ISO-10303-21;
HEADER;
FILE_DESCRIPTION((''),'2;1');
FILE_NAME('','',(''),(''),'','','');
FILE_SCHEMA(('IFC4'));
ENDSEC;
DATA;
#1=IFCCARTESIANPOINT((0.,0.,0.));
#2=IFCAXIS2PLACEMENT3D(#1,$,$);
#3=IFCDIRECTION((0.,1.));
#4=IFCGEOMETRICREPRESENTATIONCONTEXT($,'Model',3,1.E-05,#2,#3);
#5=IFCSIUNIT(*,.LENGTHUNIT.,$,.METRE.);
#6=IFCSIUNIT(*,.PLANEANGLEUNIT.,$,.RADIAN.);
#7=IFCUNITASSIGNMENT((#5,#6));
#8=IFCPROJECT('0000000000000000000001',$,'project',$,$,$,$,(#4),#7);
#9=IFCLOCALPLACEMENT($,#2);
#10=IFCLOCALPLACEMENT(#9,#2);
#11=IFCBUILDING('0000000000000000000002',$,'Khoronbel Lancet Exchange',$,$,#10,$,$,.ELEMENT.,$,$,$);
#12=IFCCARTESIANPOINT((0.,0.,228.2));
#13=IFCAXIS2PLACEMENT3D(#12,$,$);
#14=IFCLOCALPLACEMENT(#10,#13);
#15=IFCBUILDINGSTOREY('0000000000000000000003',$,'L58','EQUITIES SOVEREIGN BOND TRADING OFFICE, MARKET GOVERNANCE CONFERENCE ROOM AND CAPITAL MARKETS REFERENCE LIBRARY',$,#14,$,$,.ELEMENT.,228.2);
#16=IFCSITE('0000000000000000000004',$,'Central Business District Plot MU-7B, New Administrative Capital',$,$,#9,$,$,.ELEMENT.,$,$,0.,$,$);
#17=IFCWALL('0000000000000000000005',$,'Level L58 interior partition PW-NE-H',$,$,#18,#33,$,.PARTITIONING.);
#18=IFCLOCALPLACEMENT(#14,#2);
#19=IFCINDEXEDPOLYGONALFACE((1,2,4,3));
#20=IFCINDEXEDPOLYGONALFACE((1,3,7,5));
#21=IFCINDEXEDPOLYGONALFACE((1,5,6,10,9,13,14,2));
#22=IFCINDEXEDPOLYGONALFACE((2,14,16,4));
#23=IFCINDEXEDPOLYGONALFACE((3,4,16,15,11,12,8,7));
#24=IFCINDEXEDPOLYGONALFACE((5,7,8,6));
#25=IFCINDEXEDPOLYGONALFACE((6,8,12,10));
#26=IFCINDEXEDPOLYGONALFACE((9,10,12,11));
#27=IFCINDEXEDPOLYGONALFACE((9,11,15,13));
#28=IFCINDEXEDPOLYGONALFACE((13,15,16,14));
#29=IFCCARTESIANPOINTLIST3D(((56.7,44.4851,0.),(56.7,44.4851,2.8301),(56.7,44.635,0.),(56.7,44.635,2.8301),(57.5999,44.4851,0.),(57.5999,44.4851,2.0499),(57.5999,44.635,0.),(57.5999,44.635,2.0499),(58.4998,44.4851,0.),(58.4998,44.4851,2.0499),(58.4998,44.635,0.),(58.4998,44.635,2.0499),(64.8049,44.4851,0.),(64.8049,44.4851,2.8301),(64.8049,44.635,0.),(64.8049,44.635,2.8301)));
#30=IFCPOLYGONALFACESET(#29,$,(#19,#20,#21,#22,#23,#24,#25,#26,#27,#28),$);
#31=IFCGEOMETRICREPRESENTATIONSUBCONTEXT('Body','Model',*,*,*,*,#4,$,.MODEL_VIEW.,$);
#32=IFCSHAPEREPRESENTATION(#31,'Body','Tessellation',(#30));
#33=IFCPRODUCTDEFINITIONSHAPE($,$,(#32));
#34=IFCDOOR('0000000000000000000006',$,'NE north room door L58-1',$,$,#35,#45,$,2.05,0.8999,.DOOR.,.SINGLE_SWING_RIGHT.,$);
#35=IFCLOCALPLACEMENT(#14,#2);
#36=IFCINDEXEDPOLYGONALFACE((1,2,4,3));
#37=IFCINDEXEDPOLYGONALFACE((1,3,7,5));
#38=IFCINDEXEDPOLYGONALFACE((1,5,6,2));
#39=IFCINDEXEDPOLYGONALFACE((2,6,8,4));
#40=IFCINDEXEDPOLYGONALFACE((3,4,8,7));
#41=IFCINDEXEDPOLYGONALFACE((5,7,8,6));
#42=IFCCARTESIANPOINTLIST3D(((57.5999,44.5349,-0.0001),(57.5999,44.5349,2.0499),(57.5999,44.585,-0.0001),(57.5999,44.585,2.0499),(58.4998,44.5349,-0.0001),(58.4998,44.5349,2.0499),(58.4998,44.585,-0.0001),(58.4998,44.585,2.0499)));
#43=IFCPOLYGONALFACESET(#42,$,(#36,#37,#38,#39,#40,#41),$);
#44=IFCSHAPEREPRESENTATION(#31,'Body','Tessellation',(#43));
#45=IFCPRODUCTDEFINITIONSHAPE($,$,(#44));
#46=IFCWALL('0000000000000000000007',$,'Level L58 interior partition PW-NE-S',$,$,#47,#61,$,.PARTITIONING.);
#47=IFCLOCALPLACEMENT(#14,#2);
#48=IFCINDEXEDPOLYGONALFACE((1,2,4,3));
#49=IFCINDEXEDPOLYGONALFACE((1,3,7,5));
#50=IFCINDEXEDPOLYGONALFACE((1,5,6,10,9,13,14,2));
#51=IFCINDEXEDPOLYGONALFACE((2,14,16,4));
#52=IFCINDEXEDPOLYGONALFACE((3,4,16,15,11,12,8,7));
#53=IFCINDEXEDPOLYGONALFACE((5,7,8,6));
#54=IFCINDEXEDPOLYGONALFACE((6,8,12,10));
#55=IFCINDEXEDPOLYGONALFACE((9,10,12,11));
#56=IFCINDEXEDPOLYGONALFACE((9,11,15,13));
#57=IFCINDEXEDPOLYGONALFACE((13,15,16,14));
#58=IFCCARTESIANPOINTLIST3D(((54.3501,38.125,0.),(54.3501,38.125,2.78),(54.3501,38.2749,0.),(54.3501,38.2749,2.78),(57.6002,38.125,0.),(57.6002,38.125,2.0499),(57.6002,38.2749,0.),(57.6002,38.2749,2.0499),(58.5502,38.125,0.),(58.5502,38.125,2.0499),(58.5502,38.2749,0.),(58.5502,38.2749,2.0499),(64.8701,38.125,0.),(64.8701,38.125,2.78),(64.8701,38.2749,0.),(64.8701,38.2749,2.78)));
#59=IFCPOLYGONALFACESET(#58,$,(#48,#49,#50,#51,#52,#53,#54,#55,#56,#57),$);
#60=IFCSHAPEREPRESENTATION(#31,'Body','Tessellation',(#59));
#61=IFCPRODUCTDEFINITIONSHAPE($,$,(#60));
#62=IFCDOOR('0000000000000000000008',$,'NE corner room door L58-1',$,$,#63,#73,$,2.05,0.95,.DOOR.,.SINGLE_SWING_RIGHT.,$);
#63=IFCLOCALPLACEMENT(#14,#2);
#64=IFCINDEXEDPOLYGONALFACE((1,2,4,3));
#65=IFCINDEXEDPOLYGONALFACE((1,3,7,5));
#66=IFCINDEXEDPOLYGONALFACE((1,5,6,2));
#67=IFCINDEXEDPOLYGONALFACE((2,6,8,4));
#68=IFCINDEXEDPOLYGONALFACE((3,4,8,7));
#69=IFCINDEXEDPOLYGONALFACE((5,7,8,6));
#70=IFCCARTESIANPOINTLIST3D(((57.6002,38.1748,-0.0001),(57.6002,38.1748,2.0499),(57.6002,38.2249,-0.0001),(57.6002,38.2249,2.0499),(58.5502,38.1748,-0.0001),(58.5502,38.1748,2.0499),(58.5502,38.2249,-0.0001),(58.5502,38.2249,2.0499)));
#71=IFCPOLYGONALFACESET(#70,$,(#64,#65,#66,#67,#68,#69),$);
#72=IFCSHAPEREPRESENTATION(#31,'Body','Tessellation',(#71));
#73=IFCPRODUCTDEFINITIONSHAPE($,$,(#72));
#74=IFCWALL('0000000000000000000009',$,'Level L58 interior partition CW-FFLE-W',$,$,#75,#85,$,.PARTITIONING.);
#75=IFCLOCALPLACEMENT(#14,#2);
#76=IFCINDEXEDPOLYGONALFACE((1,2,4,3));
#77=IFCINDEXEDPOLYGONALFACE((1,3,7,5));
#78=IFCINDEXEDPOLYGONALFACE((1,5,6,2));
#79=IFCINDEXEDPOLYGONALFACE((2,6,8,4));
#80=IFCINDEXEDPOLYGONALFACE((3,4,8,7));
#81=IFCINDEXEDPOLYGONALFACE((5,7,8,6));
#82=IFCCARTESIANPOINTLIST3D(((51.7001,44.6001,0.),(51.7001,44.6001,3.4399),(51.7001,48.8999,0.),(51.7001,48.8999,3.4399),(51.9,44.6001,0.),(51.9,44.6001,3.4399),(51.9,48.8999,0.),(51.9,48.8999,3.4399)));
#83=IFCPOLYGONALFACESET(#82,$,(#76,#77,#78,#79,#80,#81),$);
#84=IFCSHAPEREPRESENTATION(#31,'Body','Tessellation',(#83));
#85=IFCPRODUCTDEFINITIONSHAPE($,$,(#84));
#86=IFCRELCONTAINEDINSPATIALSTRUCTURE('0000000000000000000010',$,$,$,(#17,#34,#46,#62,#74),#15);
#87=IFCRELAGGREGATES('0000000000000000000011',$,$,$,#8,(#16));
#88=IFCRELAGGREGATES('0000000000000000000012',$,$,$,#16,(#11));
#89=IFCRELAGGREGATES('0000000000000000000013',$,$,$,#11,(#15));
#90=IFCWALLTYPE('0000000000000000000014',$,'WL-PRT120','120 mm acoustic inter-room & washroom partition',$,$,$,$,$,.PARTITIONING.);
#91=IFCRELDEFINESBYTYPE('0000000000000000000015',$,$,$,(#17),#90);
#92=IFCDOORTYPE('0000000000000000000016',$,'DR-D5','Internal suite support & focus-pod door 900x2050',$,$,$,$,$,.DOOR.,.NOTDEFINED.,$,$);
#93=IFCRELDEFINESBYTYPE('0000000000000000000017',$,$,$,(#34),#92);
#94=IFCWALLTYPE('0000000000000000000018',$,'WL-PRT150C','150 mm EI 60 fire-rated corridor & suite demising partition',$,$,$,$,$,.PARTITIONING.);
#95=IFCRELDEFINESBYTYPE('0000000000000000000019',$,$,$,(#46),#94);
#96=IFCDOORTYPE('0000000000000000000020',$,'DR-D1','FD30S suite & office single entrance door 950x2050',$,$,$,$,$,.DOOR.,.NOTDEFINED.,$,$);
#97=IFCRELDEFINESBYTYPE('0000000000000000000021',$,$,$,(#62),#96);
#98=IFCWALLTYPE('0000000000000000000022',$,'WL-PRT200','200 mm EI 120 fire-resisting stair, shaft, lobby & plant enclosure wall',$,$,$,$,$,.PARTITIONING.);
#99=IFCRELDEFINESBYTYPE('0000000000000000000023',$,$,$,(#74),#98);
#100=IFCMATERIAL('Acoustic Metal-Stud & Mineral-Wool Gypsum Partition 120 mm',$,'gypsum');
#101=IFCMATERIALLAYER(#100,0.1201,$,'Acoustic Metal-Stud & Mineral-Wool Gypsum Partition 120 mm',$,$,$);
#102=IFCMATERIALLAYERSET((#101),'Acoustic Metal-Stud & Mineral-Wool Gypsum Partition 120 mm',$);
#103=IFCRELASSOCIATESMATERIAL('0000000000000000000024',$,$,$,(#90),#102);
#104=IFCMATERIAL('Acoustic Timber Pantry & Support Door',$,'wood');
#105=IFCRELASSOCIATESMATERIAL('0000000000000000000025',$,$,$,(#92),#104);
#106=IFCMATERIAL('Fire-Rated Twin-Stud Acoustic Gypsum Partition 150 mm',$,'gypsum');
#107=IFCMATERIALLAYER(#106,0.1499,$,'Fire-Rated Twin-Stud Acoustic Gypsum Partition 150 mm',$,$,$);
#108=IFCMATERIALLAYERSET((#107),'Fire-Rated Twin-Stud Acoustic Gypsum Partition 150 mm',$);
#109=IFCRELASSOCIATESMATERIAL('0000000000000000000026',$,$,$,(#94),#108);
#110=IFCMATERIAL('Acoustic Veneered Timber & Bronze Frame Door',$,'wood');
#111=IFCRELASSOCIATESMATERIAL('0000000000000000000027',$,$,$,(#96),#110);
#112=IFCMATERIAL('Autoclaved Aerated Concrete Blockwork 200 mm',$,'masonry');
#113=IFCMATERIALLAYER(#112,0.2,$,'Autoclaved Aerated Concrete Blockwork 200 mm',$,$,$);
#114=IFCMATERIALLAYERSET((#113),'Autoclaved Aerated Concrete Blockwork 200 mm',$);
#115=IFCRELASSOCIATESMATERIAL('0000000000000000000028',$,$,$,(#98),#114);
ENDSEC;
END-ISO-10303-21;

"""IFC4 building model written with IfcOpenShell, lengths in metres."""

from ifc_helpers import new_model, si_unit, direction, frame, frame_2d, origin, place, context, subcontext, project, spatial, rectangle, extrude, material, layer, layer_set, type_object, element, fill, save


model = new_model("IFC4")

# Units and contexts
model_context = context("Model", 3, precision=1e-05, world=origin(), true_north=direction((0.0, 1.0)))
body_context = subcontext(model_context, "Body", "Model", "MODEL_VIEW")
ifc_project = project(units=[si_unit("LENGTHUNIT", "METRE"), si_unit("PLANEANGLEUNIT", "RADIAN")], contexts=[model_context])

# Site, building, storey
site_placement = place(None, origin())
site = spatial("IfcSite", under=ifc_project, at=site_placement, Name="Central Business District Plot MU-7B, New Administrative Capital", CompositionType="ELEMENT", RefElevation=0.0)
building_placement = place(site_placement, origin())
building = spatial("IfcBuilding", under=site, at=building_placement, Name="Khoronbel Lancet Exchange", CompositionType="ELEMENT")
storey_placement = place(building_placement, frame((0.0, 0.0, 228.2)))
storey = spatial("IfcBuildingStorey", under=building, at=storey_placement, Name="L58", Description="EQUITIES SOVEREIGN BOND TRADING OFFICE, MARKET GOVERNANCE CONFERENCE ROOM AND CAPITAL MARKETS REFERENCE LIBRARY", CompositionType="ELEMENT", Elevation=228.2)

# Shared definitions
ifc_material_1 = material(Name="Acoustic Metal-Stud & Mineral-Wool Gypsum Partition 120 mm", Category="gypsum")
ifc_layer_1 = layer(ifc_material_1, 0.1201, Name="Acoustic Metal-Stud & Mineral-Wool Gypsum Partition 120 mm")
ifc_layer_set_1 = layer_set([ifc_layer_1], Name="Acoustic Metal-Stud & Mineral-Wool Gypsum Partition 120 mm")
wall_type_1 = type_object("IfcWallType", Name="WL-PRT120", Description="120 mm acoustic inter-room & washroom partition", PredefinedType="PARTITIONING", material=ifc_layer_set_1)

# Walls, openings, doors
wall_1_placement = place(storey_placement, frame((56.7, 44.5601, 0.0), z_axis=(0.0, 0.0, 1.0), x_axis=(1.0, 0.0, 0.0)))
wall_1 = element("IfcWall", 1, at=wall_1_placement, inside=storey, type_object=wall_type_1, Name="Level L58 interior partition PW-NE-H", PredefinedType="PARTITIONING", context=body_context, shape_type="SweptSolid", body=[
    extrude(rectangle(XDim=8.105, YDim=0.1499, at=frame_2d((4.0525, 0.0))), origin(), (0.0, 0.0, 1.0), 2.8301),
])
opening_1_placement = place(wall_1_placement, frame((0.8999, 0.0, 0.0)))
opening_1 = element("IfcOpeningElement", 2, at=opening_1_placement, cuts=wall_1, PredefinedType="OPENING", context=body_context, shape_type="SweptSolid", body=[
    extrude(rectangle(XDim=0.8999, YDim=2.05, at=frame_2d((0.45, 1.0249))), frame((0.0, 0.085, 0.0), z_axis=(0.0, -1.0, 0.0), x_axis=(1.0, 0.0, 0.0)), (0.0, 0.0, 1.0), 0.1699),
])
ifc_material_2 = material(Name="Acoustic Timber Pantry & Support Door", Category="wood")
door_type_1 = type_object("IfcDoorType", Name="DR-D5", Description="Internal suite support & focus-pod door 900x2050", OperationType="NOTDEFINED", PredefinedType="DOOR", material=ifc_material_2)
door_1_placement = place(opening_1_placement, origin())
door_1 = element("IfcDoor", 3, at=door_1_placement, inside=storey, type_object=door_type_1, Name="NE north room door L58-1", OperationType="SINGLE_SWING_RIGHT", OverallHeight=2.05, OverallWidth=0.8999, PredefinedType="DOOR", context=body_context, shape_type="SweptSolid", body=[
    extrude(rectangle(XDim=0.8999, YDim=2.05, at=frame_2d((0.45, 1.0249))), frame((0.0, 0.0249, 0.0), z_axis=(0.0, -1.0, 0.0), x_axis=(1.0, 0.0, 0.0)), (0.0, 0.0, 1.0), 0.05),
])
fill(opening_1, door_1)
ifc_material_3 = material(Name="Fire-Rated Twin-Stud Acoustic Gypsum Partition 150 mm", Category="gypsum")
ifc_layer_2 = layer(ifc_material_3, 0.1499, Name="Fire-Rated Twin-Stud Acoustic Gypsum Partition 150 mm")
ifc_layer_set_2 = layer_set([ifc_layer_2], Name="Fire-Rated Twin-Stud Acoustic Gypsum Partition 150 mm")
wall_type_2 = type_object("IfcWallType", Name="WL-PRT150C", Description="150 mm EI 60 fire-rated corridor & suite demising partition", PredefinedType="PARTITIONING", material=ifc_layer_set_2)
wall_2_placement = place(storey_placement, frame((54.3501, 38.2, 0.0), z_axis=(0.0, 0.0, 1.0), x_axis=(1.0, 0.0, 0.0)))
wall_2 = element("IfcWall", 4, at=wall_2_placement, inside=storey, type_object=wall_type_2, Name="Level L58 interior partition PW-NE-S", PredefinedType="PARTITIONING", context=body_context, shape_type="SweptSolid", body=[
    extrude(rectangle(XDim=10.52, YDim=0.1499, at=frame_2d((5.26, 0.0))), origin(), (0.0, 0.0, 1.0), 2.78),
])
opening_2_placement = place(wall_2_placement, frame((3.25, 0.0, 0.0)))
opening_2 = element("IfcOpeningElement", 5, at=opening_2_placement, cuts=wall_2, PredefinedType="OPENING", context=body_context, shape_type="SweptSolid", body=[
    extrude(rectangle(XDim=0.95, YDim=2.05, at=frame_2d((0.4751, 1.0249))), frame((0.0, 0.085, 0.0), z_axis=(0.0, -1.0, 0.0), x_axis=(1.0, 0.0, 0.0)), (0.0, 0.0, 1.0), 0.1699),
])
ifc_material_4 = material(Name="Acoustic Veneered Timber & Bronze Frame Door", Category="wood")
door_type_2 = type_object("IfcDoorType", Name="DR-D1", Description="FD30S suite & office single entrance door 950x2050", OperationType="NOTDEFINED", PredefinedType="DOOR", material=ifc_material_4)
door_2_placement = place(opening_2_placement, origin())
door_2 = element("IfcDoor", 6, at=door_2_placement, inside=storey, type_object=door_type_2, Name="NE corner room door L58-1", OperationType="SINGLE_SWING_RIGHT", OverallHeight=2.05, OverallWidth=0.95, PredefinedType="DOOR", context=body_context, shape_type="SweptSolid", body=[
    extrude(rectangle(XDim=0.95, YDim=2.05, at=frame_2d((0.4751, 1.0249))), frame((0.0, 0.0249, 0.0), z_axis=(0.0, -1.0, 0.0), x_axis=(1.0, 0.0, 0.0)), (0.0, 0.0, 1.0), 0.05),
])
fill(opening_2, door_2)

# Wall
ifc_material_5 = material(Name="Autoclaved Aerated Concrete Blockwork 200 mm", Category="masonry")
ifc_layer_3 = layer(ifc_material_5, 0.2, Name="Autoclaved Aerated Concrete Blockwork 200 mm")
ifc_layer_set_3 = layer_set([ifc_layer_3], Name="Autoclaved Aerated Concrete Blockwork 200 mm")
wall_type_3 = type_object("IfcWallType", Name="WL-PRT200", Description="200 mm EI 120 fire-resisting stair, shaft, lobby & plant enclosure wall", PredefinedType="PARTITIONING", material=ifc_layer_set_3)
wall_3_placement = place(storey_placement, frame((51.8, 44.6001, 0.0), z_axis=(0.0, 0.0, 1.0), x_axis=(0.0, 1.0, 0.0)))
element("IfcWall", 7, at=wall_3_placement, inside=storey, type_object=wall_type_3, Name="Level L58 interior partition CW-FFLE-W", PredefinedType="PARTITIONING", context=body_context, shape_type="SweptSolid", body=[
    extrude(rectangle(XDim=4.2998, YDim=0.2, at=frame_2d((2.1499, 0.0))), origin(), (0.0, 0.0, 1.0), 3.4399),
])

save(model, "model.ifc")
